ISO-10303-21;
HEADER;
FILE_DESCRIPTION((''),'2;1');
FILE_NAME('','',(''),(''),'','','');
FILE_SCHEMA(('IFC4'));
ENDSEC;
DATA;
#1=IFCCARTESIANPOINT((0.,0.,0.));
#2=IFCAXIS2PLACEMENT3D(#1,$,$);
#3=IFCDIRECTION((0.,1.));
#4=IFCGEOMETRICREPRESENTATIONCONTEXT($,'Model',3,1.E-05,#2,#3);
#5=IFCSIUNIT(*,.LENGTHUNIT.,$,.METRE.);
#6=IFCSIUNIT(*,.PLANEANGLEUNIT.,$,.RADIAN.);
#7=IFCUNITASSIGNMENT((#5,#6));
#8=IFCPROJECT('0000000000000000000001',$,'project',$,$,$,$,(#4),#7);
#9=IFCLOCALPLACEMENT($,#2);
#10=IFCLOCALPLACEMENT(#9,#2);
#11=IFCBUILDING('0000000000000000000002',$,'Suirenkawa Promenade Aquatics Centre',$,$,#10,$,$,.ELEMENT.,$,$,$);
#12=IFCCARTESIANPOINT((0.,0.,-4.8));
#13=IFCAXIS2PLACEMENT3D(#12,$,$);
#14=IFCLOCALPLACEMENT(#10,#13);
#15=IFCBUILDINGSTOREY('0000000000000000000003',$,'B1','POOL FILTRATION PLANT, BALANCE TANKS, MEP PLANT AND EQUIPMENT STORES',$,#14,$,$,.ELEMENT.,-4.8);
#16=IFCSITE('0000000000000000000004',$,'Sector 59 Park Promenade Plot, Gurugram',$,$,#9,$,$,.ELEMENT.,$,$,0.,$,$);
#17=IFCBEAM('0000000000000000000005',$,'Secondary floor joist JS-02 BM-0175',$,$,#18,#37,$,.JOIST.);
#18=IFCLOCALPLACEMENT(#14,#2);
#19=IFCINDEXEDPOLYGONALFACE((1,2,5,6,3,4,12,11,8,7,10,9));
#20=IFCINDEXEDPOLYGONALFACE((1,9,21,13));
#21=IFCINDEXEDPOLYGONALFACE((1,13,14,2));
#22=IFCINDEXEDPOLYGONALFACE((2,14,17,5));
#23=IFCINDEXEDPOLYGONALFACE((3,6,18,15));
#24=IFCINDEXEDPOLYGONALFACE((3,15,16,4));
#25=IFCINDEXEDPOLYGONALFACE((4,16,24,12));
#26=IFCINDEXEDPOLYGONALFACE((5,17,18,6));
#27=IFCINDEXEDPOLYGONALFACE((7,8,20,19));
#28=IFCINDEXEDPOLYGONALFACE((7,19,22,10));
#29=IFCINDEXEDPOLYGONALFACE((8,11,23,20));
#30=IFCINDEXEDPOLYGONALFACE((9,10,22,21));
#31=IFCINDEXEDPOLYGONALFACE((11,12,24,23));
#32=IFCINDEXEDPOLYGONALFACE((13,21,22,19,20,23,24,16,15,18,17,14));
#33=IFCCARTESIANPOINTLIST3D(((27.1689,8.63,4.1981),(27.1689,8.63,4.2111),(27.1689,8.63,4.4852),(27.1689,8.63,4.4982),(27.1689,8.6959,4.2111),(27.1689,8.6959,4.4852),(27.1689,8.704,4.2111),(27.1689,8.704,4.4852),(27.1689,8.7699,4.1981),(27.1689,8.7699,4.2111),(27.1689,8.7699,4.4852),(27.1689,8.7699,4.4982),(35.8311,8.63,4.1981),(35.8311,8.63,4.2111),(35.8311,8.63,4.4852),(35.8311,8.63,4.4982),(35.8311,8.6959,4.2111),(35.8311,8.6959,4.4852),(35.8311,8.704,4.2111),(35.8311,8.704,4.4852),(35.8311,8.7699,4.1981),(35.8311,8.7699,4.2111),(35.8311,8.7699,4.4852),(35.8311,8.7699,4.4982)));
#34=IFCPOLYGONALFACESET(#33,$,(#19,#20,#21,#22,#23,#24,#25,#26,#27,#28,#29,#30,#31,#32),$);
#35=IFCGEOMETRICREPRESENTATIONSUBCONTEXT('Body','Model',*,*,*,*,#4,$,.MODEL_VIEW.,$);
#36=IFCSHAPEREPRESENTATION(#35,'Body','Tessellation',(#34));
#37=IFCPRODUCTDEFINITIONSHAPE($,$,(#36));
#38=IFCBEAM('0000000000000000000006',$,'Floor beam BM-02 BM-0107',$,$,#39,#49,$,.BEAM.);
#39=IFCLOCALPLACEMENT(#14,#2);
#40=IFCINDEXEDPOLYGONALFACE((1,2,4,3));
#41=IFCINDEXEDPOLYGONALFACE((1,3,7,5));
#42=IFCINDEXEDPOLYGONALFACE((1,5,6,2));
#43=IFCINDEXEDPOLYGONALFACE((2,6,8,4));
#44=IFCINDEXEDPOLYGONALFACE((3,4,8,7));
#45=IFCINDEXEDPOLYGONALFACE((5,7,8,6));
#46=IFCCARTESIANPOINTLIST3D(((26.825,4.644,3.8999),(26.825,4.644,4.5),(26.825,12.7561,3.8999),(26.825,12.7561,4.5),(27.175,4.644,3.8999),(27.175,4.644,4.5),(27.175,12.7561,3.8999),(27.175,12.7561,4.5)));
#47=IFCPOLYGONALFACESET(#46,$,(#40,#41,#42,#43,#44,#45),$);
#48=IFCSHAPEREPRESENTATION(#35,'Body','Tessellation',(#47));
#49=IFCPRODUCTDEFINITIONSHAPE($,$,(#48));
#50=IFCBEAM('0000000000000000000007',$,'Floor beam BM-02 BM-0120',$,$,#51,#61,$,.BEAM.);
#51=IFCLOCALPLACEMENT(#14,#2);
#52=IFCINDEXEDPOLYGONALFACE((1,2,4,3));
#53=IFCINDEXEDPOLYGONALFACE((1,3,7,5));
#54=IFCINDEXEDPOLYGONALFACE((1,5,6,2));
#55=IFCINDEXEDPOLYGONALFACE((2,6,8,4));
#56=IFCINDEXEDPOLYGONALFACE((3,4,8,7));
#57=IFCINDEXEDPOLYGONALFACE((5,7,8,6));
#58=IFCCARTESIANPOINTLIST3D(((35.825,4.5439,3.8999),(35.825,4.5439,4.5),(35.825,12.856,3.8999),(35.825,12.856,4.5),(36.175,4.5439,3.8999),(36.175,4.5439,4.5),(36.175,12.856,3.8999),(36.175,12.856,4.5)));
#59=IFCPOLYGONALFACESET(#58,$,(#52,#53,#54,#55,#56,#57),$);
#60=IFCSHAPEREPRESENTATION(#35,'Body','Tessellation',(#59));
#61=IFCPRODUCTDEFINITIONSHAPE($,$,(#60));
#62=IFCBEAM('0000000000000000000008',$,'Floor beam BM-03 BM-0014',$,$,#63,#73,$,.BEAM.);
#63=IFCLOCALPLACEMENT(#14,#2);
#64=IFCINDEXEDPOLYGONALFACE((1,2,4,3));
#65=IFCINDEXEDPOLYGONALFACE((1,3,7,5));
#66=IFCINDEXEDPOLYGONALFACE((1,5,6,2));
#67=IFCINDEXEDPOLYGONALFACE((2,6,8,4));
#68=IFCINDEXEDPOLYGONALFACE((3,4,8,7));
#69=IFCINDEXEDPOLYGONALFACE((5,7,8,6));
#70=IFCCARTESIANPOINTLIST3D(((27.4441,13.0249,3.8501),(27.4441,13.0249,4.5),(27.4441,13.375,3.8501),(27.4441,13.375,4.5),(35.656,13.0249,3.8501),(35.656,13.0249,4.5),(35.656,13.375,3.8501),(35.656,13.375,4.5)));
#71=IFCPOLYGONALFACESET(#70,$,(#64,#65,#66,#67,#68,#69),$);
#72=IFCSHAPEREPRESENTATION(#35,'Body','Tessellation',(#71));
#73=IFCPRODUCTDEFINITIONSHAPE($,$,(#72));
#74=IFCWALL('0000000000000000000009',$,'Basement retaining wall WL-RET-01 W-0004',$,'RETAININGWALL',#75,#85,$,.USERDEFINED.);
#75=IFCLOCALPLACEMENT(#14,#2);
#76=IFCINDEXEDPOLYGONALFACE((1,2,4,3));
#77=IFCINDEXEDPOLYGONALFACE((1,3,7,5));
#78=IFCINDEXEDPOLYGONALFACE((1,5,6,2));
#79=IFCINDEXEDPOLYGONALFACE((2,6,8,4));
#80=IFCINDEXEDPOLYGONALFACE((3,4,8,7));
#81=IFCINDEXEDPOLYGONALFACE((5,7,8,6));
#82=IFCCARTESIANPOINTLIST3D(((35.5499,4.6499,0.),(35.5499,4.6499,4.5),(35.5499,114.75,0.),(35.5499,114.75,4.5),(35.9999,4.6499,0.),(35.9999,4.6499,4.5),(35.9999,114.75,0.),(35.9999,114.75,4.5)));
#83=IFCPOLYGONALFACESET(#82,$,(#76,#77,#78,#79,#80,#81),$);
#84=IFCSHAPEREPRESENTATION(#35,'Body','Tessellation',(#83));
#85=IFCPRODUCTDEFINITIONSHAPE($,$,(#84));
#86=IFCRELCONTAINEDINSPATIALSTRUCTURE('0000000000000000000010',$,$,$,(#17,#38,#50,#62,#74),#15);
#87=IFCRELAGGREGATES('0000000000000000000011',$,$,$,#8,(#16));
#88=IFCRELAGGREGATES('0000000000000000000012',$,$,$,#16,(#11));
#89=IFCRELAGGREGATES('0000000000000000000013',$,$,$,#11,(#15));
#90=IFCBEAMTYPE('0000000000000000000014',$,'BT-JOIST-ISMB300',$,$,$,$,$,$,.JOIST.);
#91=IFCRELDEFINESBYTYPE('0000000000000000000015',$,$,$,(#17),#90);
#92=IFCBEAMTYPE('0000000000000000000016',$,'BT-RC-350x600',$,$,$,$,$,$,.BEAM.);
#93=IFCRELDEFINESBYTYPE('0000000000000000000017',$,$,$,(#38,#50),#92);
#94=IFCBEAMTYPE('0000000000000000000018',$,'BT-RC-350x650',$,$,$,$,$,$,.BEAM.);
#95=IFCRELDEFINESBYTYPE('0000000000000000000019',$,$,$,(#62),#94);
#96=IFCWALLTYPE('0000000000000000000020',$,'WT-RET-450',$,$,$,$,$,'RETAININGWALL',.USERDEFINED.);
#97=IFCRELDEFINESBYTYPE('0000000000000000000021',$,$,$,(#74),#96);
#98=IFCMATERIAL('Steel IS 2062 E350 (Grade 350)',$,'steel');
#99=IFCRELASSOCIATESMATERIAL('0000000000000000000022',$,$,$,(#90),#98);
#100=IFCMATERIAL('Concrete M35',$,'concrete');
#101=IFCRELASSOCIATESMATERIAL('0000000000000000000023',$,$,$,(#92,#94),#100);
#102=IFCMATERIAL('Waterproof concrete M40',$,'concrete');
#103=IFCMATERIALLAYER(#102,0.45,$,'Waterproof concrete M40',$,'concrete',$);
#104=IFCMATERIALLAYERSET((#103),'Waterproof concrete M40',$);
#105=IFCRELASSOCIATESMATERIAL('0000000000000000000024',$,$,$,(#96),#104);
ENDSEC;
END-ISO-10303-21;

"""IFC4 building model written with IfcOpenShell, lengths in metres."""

from ifc_helpers import new_model, si_unit, direction, frame, frame_2d, origin, origin_2d, place, context, subcontext, project, spatial, rectangle, i_section, extrude, material, layer, layer_set, material_profile, profile_set, type_object, element, save


model = new_model("IFC4")

# Units and contexts
model_context = context("Model", 3, precision=1e-05, world=origin(), true_north=direction((0.0, 1.0)))
body_context = subcontext(model_context, "Body", "Model", "MODEL_VIEW")
ifc_project = project(units=[si_unit("LENGTHUNIT", "METRE"), si_unit("PLANEANGLEUNIT", "RADIAN")], contexts=[model_context])

# Site, building, storey
site_placement = place(None, origin())
site = spatial("IfcSite", under=ifc_project, at=site_placement, Name="Sector 59 Park Promenade Plot, Gurugram", CompositionType="ELEMENT", RefElevation=0.0)
building_placement = place(site_placement, origin())
building = spatial("IfcBuilding", under=site, at=building_placement, Name="Suirenkawa Promenade Aquatics Centre", CompositionType="ELEMENT")
storey_placement = place(building_placement, frame((0.0, 0.0, -4.8)))
storey = spatial("IfcBuildingStorey", under=building, at=storey_placement, Name="B1", Description="POOL FILTRATION PLANT, BALANCE TANKS, MEP PLANT AND EQUIPMENT STORES", CompositionType="ELEMENT", Elevation=-4.8)

# Shared definitions
ifc_material_1 = material(Name="Concrete M35", Category="concrete")

# Beams
ifc_material_2 = material(Name="Steel IS 2062 E350 (Grade 350)", Category="steel")
ifc_material_profile_1 = material_profile(ifc_material_2, i_section(OverallWidth=0.1399, OverallDepth=0.3, WebThickness=0.0081, FlangeThickness=0.0129, at=origin_2d()), Name="ISMB 300", Category="steel")
ifc_profile_set_1 = profile_set([ifc_material_profile_1], Name="Steel IS 2062 E350 (Grade 350)")
beam_type_1 = type_object("IfcBeamType", Name="BT-JOIST-ISMB300", PredefinedType="JOIST", material=ifc_profile_set_1)
beam_1_placement = place(storey_placement, frame((27.1689, 8.7, 4.3481), z_axis=(1.0, 0.0, 0.0), x_axis=(0.0, 1.0, 0.0)))
element("IfcBeam", 1, at=beam_1_placement, inside=storey, type_object=beam_type_1, Name="Secondary floor joist JS-02 BM-0175", PredefinedType="JOIST", context=body_context, shape_type="SweptSolid", body=[
    extrude(i_section(OverallWidth=0.1399, OverallDepth=0.3, WebThickness=0.0081, FlangeThickness=0.0129, at=origin_2d()), origin(), (0.0, 0.0, 1.0), 8.6621),
])
ifc_material_profile_2 = material_profile(ifc_material_1, rectangle(XDim=0.3501, YDim=0.6001, at=origin_2d()), Name="RC BM 350x600", Category="concrete")
ifc_profile_set_2 = profile_set([ifc_material_profile_2], Name="Concrete M35")
beam_type_2 = type_object("IfcBeamType", Name="BT-RC-350x600", PredefinedType="BEAM", material=ifc_profile_set_2)
beam_2_placement = place(storey_placement, frame((27.0, 4.644, 4.2), z_axis=(0.0, 1.0, 0.0), x_axis=(-1.0, 0.0, 0.0)))
element("IfcBeam", 2, at=beam_2_placement, inside=storey, type_object=beam_type_2, Name="Floor beam BM-02 BM-0107", PredefinedType="BEAM", context=body_context, shape_type="SweptSolid", body=[
    extrude(rectangle(XDim=0.3501, YDim=0.6001, at=origin_2d()), origin(), (0.0, 0.0, 1.0), 8.1121),
])
beam_3_placement = place(storey_placement, frame((36.0, 4.5439, 4.2), z_axis=(0.0, 1.0, 0.0), x_axis=(-1.0, 0.0, 0.0)))
element("IfcBeam", 3, at=beam_3_placement, inside=storey, type_object=beam_type_2, Name="Floor beam BM-02 BM-0120", PredefinedType="BEAM", context=body_context, shape_type="SweptSolid", body=[
    extrude(rectangle(XDim=0.3501, YDim=0.6001, at=origin_2d()), origin(), (0.0, 0.0, 1.0), 8.312),
])
ifc_material_profile_3 = material_profile(ifc_material_1, rectangle(XDim=0.3501, YDim=0.6499, at=origin_2d()), Name="RC BM 350x650", Category="concrete")
ifc_profile_set_3 = profile_set([ifc_material_profile_3], Name="Concrete M35")
beam_type_3 = type_object("IfcBeamType", Name="BT-RC-350x650", PredefinedType="BEAM", material=ifc_profile_set_3)
beam_4_placement = place(storey_placement, frame((27.4441, 13.2, 4.175), z_axis=(1.0, 0.0, 0.0), x_axis=(0.0, 1.0, 0.0)))
element("IfcBeam", 4, at=beam_4_placement, inside=storey, type_object=beam_type_3, Name="Floor beam BM-03 BM-0014", PredefinedType="BEAM", context=body_context, shape_type="SweptSolid", body=[
    extrude(rectangle(XDim=0.3501, YDim=0.6499, at=origin_2d()), origin(), (0.0, 0.0, 1.0), 8.2119),
])

# Wall
ifc_material_3 = material(Name="Waterproof concrete M40", Category="concrete")
ifc_layer = layer(ifc_material_3, 0.45, Name="Waterproof concrete M40", Category="concrete")
ifc_layer_set = layer_set([ifc_layer], Name="Waterproof concrete M40")
wall_type = type_object("IfcWallType", Name="WT-RET-450", ElementType="RETAININGWALL", PredefinedType="USERDEFINED", material=ifc_layer_set)
wall_placement = place(storey_placement, frame((35.7749, 4.6499, 0.0), z_axis=(0.0, 0.0, 1.0), x_axis=(0.0, 1.0, 0.0)))
element("IfcWall", 5, at=wall_placement, inside=storey, type_object=wall_type, Name="Basement retaining wall WL-RET-01 W-0004", ObjectType="RETAININGWALL", PredefinedType="USERDEFINED", context=body_context, shape_type="SweptSolid", body=[
    extrude(rectangle(XDim=110.1001, YDim=0.45, at=frame_2d((55.05, 0.0))), origin(), (0.0, 0.0, 1.0), 4.5),
])

save(model, "model.ifc")
